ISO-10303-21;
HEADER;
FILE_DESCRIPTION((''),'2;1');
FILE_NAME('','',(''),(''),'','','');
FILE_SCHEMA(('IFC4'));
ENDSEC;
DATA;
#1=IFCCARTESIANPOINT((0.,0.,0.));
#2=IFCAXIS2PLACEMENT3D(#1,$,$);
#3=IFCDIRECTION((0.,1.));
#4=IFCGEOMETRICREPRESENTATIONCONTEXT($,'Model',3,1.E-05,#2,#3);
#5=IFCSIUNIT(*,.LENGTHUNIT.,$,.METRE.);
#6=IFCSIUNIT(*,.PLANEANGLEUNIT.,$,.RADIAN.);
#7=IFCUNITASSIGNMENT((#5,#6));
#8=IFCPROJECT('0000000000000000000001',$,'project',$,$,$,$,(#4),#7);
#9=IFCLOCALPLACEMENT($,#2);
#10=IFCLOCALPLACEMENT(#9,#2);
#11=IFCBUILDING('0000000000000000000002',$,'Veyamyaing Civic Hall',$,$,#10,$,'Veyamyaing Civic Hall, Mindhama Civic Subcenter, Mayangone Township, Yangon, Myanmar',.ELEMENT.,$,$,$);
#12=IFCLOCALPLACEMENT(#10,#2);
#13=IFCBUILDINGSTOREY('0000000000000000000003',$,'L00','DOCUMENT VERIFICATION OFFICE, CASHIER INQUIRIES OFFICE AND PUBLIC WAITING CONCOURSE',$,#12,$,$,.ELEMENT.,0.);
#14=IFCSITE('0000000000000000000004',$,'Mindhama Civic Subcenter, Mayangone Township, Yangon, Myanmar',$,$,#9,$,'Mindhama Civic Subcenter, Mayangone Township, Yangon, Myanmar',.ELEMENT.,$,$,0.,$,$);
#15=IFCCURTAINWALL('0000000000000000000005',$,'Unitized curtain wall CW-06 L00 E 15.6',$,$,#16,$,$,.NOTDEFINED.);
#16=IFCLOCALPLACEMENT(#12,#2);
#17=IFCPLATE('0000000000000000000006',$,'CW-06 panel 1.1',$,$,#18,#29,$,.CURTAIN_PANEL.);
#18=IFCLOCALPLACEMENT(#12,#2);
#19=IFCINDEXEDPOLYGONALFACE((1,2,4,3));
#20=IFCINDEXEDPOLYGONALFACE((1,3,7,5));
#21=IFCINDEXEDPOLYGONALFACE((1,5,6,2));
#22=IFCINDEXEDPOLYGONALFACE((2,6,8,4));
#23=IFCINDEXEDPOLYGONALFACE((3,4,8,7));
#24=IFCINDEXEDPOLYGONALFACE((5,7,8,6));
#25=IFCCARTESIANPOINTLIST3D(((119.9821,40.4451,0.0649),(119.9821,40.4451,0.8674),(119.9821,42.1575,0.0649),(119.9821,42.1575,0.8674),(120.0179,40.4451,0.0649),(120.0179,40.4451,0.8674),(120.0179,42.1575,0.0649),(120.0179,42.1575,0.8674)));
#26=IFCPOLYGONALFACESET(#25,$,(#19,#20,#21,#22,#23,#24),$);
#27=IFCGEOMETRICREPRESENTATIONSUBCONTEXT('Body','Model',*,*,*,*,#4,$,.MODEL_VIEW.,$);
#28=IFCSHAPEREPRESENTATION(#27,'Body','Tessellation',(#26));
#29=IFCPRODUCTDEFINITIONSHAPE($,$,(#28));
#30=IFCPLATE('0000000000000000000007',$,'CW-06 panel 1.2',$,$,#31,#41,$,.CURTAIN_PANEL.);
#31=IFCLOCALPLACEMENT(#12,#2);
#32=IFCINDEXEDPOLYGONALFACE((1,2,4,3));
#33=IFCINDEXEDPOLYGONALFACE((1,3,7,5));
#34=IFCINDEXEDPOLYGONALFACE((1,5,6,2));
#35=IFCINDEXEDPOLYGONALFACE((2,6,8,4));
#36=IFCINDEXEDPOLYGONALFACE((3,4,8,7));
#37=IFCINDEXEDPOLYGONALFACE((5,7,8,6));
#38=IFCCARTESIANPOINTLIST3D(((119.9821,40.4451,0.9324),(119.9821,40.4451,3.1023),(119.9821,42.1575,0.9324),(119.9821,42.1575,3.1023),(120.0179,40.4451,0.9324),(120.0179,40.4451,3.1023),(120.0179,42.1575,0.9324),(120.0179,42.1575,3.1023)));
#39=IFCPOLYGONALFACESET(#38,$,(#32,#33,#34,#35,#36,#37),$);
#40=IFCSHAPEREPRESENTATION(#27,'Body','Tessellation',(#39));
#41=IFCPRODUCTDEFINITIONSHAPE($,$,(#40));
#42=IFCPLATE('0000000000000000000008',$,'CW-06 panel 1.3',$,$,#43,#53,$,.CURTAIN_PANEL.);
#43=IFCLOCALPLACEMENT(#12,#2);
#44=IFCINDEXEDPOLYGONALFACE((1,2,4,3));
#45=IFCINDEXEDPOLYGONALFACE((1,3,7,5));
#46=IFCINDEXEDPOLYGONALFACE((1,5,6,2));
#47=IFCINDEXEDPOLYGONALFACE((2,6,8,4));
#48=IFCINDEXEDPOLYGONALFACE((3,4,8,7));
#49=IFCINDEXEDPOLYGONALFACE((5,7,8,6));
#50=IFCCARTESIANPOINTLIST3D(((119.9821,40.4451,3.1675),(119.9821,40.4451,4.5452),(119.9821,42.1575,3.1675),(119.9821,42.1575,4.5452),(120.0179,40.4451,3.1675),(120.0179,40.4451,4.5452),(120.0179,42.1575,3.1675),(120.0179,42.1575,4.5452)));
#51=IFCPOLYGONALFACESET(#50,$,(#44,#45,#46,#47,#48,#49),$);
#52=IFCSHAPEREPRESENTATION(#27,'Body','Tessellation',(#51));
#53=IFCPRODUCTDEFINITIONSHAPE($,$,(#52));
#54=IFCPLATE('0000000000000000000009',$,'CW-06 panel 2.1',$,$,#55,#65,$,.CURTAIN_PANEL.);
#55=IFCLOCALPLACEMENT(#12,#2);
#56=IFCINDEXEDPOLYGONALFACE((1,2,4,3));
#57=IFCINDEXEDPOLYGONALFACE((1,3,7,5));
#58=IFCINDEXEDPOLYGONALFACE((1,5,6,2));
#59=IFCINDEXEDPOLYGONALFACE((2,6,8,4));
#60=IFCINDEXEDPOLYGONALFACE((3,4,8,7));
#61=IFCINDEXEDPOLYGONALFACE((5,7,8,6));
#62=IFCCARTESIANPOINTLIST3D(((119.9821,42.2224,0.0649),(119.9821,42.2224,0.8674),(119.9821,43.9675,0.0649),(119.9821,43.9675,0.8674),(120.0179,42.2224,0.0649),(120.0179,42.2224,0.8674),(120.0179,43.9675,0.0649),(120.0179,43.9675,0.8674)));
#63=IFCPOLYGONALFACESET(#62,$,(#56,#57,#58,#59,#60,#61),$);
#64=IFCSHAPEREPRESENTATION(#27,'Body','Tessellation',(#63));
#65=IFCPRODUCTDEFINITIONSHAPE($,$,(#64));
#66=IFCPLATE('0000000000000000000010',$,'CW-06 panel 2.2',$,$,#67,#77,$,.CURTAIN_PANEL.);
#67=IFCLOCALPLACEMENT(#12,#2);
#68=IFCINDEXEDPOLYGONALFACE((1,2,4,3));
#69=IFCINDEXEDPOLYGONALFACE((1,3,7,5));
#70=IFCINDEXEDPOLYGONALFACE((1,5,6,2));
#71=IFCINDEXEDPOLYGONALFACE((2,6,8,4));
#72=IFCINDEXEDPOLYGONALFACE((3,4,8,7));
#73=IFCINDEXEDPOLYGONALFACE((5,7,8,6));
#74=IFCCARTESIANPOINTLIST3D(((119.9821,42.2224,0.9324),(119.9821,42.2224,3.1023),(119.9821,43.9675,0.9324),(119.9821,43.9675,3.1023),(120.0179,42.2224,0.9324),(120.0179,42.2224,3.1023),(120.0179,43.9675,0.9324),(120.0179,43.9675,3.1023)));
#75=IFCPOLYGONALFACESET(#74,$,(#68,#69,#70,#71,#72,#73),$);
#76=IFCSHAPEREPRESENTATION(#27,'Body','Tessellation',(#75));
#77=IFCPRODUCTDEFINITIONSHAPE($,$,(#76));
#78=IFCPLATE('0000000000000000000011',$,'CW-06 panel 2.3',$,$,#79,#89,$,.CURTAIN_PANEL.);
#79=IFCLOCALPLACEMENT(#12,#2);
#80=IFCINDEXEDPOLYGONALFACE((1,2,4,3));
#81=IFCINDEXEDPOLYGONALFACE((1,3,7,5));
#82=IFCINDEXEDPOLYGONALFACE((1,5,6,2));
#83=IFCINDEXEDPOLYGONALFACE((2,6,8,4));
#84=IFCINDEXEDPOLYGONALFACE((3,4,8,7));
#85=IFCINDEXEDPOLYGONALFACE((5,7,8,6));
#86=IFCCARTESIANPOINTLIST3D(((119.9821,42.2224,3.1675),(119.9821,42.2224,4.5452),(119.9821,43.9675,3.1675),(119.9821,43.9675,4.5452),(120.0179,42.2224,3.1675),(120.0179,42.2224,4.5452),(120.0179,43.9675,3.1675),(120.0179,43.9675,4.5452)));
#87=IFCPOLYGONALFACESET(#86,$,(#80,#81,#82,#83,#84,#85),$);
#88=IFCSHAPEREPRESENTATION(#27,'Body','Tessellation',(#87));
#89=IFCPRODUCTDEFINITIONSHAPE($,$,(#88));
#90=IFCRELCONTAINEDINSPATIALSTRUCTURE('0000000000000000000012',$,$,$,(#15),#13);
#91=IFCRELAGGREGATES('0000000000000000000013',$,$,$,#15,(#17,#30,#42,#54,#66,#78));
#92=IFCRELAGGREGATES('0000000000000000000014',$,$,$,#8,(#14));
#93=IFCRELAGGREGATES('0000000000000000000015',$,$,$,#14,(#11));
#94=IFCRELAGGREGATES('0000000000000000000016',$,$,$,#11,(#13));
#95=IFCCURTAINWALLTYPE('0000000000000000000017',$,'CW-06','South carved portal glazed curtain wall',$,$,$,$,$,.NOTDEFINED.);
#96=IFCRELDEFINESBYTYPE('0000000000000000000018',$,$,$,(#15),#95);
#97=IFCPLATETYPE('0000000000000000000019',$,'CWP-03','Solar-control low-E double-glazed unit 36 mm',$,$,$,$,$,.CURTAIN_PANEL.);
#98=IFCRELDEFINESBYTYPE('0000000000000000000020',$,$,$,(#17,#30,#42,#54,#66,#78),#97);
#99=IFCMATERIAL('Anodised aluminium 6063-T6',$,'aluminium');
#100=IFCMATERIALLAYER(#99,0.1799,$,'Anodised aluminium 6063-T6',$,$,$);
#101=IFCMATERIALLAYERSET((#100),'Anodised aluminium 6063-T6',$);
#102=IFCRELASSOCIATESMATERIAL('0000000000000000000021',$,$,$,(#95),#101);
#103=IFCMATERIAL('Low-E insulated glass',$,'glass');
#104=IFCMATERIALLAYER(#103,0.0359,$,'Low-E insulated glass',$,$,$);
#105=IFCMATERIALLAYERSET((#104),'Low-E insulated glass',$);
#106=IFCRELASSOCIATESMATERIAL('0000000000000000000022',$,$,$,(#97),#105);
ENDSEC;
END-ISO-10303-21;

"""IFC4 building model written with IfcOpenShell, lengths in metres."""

from ifc_helpers import new_model, si_unit, direction, frame, origin, origin_2d, place, context, subcontext, project, spatial, rectangle, extrude, material, layer, layer_set, type_object, element, aggregate, save


model = new_model("IFC4")

# Units and contexts
model_context = context("Model", 3, precision=1e-05, world=origin(), true_north=direction((0.0, 1.0)))
body_context = subcontext(model_context, "Body", "Model", "MODEL_VIEW")
ifc_project = project(units=[si_unit("LENGTHUNIT", "METRE"), si_unit("PLANEANGLEUNIT", "RADIAN")], contexts=[model_context])

# Site, building, storey
site_placement = place(None, origin())
site = spatial("IfcSite", under=ifc_project, at=site_placement, Name="Mindhama Civic Subcenter, Mayangone Township, Yangon, Myanmar", LongName="Mindhama Civic Subcenter, Mayangone Township, Yangon, Myanmar", CompositionType="ELEMENT", RefElevation=0.0)
building_placement = place(site_placement, origin())
building = spatial("IfcBuilding", under=site, at=building_placement, Name="Veyamyaing Civic Hall", LongName="Veyamyaing Civic Hall, Mindhama Civic Subcenter, Mayangone Township, Yangon, Myanmar", CompositionType="ELEMENT")
storey_placement = place(building_placement, origin())
storey = spatial("IfcBuildingStorey", under=building, at=storey_placement, Name="L00", Description="DOCUMENT VERIFICATION OFFICE, CASHIER INQUIRIES OFFICE AND PUBLIC WAITING CONCOURSE", CompositionType="ELEMENT", Elevation=0.0)

# Curtain wall
ifc_material_1 = material(Name="Anodised aluminium 6063-T6", Category="aluminium")
ifc_layer_1 = layer(ifc_material_1, 0.1799, Name="Anodised aluminium 6063-T6")
ifc_layer_set_1 = layer_set([ifc_layer_1], Name="Anodised aluminium 6063-T6")
curtain_wall_type = type_object("IfcCurtainWallType", Name="CW-06", Description="South carved portal glazed curtain wall", PredefinedType="NOTDEFINED", material=ifc_layer_set_1)
curtain_wall_placement = place(storey_placement, origin())
curtain_wall = element("IfcCurtainWall", 1, at=curtain_wall_placement, inside=storey, type_object=curtain_wall_type, Name="Unitized curtain wall CW-06 L00 E 15.6", PredefinedType="NOTDEFINED")

# Plates
ifc_material_2 = material(Name="Low-E insulated glass", Category="glass")
ifc_layer_2 = layer(ifc_material_2, 0.0359, Name="Low-E insulated glass")
ifc_layer_set_2 = layer_set([ifc_layer_2], Name="Low-E insulated glass")
plate_type = type_object("IfcPlateType", Name="CWP-03", Description="Solar-control low-E double-glazed unit 36 mm", PredefinedType="CURTAIN_PANEL", material=ifc_layer_set_2)
plate_1_placement = place(storey_placement, frame((120.0, 41.3013, 0.0649), z_axis=(0.0, 0.0, 1.0), x_axis=(0.0, 1.0, 0.0)))
plate_1 = element("IfcPlate", 2, at=plate_1_placement, type_object=plate_type, Name="CW-06 panel 1.1", PredefinedType="CURTAIN_PANEL", context=body_context, shape_type="SweptSolid", body=[
    extrude(rectangle(XDim=1.7124, YDim=0.0359, at=origin_2d()), origin(), (0.0, 0.0, 1.0), 0.8025),
])
plate_2_placement = place(storey_placement, frame((120.0, 41.3013, 0.9324), z_axis=(0.0, 0.0, 1.0), x_axis=(0.0, 1.0, 0.0)))
plate_2 = element("IfcPlate", 3, at=plate_2_placement, type_object=plate_type, Name="CW-06 panel 1.2", PredefinedType="CURTAIN_PANEL", context=body_context, shape_type="SweptSolid", body=[
    extrude(rectangle(XDim=1.7124, YDim=0.0359, at=origin_2d()), origin(), (0.0, 0.0, 1.0), 2.1699),
])
plate_3_placement = place(storey_placement, frame((120.0, 41.3013, 3.1675), z_axis=(0.0, 0.0, 1.0), x_axis=(0.0, 1.0, 0.0)))
plate_3 = element("IfcPlate", 4, at=plate_3_placement, type_object=plate_type, Name="CW-06 panel 1.3", PredefinedType="CURTAIN_PANEL", context=body_context, shape_type="SweptSolid", body=[
    extrude(rectangle(XDim=1.7124, YDim=0.0359, at=origin_2d()), origin(), (0.0, 0.0, 1.0), 1.3777),
])
plate_4_placement = place(storey_placement, frame((120.0, 43.095, 0.0649), z_axis=(0.0, 0.0, 1.0), x_axis=(0.0, 1.0, 0.0)))
plate_4 = element("IfcPlate", 5, at=plate_4_placement, type_object=plate_type, Name="CW-06 panel 2.1", PredefinedType="CURTAIN_PANEL", context=body_context, shape_type="SweptSolid", body=[
    extrude(rectangle(XDim=1.7451, YDim=0.0359, at=origin_2d()), origin(), (0.0, 0.0, 1.0), 0.8025),
])
plate_5_placement = place(storey_placement, frame((120.0, 43.095, 0.9324), z_axis=(0.0, 0.0, 1.0), x_axis=(0.0, 1.0, 0.0)))
plate_5 = element("IfcPlate", 6, at=plate_5_placement, type_object=plate_type, Name="CW-06 panel 2.2", PredefinedType="CURTAIN_PANEL", context=body_context, shape_type="SweptSolid", body=[
    extrude(rectangle(XDim=1.7451, YDim=0.0359, at=origin_2d()), origin(), (0.0, 0.0, 1.0), 2.1699),
])
plate_6_placement = place(storey_placement, frame((120.0, 43.095, 3.1675), z_axis=(0.0, 0.0, 1.0), x_axis=(0.0, 1.0, 0.0)))
plate_6 = element("IfcPlate", 7, at=plate_6_placement, type_object=plate_type, Name="CW-06 panel 2.3", PredefinedType="CURTAIN_PANEL", context=body_context, shape_type="SweptSolid", body=[
    extrude(rectangle(XDim=1.7451, YDim=0.0359, at=origin_2d()), origin(), (0.0, 0.0, 1.0), 1.3777),
])
aggregate(curtain_wall, [plate_1, plate_2, plate_3, plate_4, plate_5, plate_6])

save(model, "model.ifc")
